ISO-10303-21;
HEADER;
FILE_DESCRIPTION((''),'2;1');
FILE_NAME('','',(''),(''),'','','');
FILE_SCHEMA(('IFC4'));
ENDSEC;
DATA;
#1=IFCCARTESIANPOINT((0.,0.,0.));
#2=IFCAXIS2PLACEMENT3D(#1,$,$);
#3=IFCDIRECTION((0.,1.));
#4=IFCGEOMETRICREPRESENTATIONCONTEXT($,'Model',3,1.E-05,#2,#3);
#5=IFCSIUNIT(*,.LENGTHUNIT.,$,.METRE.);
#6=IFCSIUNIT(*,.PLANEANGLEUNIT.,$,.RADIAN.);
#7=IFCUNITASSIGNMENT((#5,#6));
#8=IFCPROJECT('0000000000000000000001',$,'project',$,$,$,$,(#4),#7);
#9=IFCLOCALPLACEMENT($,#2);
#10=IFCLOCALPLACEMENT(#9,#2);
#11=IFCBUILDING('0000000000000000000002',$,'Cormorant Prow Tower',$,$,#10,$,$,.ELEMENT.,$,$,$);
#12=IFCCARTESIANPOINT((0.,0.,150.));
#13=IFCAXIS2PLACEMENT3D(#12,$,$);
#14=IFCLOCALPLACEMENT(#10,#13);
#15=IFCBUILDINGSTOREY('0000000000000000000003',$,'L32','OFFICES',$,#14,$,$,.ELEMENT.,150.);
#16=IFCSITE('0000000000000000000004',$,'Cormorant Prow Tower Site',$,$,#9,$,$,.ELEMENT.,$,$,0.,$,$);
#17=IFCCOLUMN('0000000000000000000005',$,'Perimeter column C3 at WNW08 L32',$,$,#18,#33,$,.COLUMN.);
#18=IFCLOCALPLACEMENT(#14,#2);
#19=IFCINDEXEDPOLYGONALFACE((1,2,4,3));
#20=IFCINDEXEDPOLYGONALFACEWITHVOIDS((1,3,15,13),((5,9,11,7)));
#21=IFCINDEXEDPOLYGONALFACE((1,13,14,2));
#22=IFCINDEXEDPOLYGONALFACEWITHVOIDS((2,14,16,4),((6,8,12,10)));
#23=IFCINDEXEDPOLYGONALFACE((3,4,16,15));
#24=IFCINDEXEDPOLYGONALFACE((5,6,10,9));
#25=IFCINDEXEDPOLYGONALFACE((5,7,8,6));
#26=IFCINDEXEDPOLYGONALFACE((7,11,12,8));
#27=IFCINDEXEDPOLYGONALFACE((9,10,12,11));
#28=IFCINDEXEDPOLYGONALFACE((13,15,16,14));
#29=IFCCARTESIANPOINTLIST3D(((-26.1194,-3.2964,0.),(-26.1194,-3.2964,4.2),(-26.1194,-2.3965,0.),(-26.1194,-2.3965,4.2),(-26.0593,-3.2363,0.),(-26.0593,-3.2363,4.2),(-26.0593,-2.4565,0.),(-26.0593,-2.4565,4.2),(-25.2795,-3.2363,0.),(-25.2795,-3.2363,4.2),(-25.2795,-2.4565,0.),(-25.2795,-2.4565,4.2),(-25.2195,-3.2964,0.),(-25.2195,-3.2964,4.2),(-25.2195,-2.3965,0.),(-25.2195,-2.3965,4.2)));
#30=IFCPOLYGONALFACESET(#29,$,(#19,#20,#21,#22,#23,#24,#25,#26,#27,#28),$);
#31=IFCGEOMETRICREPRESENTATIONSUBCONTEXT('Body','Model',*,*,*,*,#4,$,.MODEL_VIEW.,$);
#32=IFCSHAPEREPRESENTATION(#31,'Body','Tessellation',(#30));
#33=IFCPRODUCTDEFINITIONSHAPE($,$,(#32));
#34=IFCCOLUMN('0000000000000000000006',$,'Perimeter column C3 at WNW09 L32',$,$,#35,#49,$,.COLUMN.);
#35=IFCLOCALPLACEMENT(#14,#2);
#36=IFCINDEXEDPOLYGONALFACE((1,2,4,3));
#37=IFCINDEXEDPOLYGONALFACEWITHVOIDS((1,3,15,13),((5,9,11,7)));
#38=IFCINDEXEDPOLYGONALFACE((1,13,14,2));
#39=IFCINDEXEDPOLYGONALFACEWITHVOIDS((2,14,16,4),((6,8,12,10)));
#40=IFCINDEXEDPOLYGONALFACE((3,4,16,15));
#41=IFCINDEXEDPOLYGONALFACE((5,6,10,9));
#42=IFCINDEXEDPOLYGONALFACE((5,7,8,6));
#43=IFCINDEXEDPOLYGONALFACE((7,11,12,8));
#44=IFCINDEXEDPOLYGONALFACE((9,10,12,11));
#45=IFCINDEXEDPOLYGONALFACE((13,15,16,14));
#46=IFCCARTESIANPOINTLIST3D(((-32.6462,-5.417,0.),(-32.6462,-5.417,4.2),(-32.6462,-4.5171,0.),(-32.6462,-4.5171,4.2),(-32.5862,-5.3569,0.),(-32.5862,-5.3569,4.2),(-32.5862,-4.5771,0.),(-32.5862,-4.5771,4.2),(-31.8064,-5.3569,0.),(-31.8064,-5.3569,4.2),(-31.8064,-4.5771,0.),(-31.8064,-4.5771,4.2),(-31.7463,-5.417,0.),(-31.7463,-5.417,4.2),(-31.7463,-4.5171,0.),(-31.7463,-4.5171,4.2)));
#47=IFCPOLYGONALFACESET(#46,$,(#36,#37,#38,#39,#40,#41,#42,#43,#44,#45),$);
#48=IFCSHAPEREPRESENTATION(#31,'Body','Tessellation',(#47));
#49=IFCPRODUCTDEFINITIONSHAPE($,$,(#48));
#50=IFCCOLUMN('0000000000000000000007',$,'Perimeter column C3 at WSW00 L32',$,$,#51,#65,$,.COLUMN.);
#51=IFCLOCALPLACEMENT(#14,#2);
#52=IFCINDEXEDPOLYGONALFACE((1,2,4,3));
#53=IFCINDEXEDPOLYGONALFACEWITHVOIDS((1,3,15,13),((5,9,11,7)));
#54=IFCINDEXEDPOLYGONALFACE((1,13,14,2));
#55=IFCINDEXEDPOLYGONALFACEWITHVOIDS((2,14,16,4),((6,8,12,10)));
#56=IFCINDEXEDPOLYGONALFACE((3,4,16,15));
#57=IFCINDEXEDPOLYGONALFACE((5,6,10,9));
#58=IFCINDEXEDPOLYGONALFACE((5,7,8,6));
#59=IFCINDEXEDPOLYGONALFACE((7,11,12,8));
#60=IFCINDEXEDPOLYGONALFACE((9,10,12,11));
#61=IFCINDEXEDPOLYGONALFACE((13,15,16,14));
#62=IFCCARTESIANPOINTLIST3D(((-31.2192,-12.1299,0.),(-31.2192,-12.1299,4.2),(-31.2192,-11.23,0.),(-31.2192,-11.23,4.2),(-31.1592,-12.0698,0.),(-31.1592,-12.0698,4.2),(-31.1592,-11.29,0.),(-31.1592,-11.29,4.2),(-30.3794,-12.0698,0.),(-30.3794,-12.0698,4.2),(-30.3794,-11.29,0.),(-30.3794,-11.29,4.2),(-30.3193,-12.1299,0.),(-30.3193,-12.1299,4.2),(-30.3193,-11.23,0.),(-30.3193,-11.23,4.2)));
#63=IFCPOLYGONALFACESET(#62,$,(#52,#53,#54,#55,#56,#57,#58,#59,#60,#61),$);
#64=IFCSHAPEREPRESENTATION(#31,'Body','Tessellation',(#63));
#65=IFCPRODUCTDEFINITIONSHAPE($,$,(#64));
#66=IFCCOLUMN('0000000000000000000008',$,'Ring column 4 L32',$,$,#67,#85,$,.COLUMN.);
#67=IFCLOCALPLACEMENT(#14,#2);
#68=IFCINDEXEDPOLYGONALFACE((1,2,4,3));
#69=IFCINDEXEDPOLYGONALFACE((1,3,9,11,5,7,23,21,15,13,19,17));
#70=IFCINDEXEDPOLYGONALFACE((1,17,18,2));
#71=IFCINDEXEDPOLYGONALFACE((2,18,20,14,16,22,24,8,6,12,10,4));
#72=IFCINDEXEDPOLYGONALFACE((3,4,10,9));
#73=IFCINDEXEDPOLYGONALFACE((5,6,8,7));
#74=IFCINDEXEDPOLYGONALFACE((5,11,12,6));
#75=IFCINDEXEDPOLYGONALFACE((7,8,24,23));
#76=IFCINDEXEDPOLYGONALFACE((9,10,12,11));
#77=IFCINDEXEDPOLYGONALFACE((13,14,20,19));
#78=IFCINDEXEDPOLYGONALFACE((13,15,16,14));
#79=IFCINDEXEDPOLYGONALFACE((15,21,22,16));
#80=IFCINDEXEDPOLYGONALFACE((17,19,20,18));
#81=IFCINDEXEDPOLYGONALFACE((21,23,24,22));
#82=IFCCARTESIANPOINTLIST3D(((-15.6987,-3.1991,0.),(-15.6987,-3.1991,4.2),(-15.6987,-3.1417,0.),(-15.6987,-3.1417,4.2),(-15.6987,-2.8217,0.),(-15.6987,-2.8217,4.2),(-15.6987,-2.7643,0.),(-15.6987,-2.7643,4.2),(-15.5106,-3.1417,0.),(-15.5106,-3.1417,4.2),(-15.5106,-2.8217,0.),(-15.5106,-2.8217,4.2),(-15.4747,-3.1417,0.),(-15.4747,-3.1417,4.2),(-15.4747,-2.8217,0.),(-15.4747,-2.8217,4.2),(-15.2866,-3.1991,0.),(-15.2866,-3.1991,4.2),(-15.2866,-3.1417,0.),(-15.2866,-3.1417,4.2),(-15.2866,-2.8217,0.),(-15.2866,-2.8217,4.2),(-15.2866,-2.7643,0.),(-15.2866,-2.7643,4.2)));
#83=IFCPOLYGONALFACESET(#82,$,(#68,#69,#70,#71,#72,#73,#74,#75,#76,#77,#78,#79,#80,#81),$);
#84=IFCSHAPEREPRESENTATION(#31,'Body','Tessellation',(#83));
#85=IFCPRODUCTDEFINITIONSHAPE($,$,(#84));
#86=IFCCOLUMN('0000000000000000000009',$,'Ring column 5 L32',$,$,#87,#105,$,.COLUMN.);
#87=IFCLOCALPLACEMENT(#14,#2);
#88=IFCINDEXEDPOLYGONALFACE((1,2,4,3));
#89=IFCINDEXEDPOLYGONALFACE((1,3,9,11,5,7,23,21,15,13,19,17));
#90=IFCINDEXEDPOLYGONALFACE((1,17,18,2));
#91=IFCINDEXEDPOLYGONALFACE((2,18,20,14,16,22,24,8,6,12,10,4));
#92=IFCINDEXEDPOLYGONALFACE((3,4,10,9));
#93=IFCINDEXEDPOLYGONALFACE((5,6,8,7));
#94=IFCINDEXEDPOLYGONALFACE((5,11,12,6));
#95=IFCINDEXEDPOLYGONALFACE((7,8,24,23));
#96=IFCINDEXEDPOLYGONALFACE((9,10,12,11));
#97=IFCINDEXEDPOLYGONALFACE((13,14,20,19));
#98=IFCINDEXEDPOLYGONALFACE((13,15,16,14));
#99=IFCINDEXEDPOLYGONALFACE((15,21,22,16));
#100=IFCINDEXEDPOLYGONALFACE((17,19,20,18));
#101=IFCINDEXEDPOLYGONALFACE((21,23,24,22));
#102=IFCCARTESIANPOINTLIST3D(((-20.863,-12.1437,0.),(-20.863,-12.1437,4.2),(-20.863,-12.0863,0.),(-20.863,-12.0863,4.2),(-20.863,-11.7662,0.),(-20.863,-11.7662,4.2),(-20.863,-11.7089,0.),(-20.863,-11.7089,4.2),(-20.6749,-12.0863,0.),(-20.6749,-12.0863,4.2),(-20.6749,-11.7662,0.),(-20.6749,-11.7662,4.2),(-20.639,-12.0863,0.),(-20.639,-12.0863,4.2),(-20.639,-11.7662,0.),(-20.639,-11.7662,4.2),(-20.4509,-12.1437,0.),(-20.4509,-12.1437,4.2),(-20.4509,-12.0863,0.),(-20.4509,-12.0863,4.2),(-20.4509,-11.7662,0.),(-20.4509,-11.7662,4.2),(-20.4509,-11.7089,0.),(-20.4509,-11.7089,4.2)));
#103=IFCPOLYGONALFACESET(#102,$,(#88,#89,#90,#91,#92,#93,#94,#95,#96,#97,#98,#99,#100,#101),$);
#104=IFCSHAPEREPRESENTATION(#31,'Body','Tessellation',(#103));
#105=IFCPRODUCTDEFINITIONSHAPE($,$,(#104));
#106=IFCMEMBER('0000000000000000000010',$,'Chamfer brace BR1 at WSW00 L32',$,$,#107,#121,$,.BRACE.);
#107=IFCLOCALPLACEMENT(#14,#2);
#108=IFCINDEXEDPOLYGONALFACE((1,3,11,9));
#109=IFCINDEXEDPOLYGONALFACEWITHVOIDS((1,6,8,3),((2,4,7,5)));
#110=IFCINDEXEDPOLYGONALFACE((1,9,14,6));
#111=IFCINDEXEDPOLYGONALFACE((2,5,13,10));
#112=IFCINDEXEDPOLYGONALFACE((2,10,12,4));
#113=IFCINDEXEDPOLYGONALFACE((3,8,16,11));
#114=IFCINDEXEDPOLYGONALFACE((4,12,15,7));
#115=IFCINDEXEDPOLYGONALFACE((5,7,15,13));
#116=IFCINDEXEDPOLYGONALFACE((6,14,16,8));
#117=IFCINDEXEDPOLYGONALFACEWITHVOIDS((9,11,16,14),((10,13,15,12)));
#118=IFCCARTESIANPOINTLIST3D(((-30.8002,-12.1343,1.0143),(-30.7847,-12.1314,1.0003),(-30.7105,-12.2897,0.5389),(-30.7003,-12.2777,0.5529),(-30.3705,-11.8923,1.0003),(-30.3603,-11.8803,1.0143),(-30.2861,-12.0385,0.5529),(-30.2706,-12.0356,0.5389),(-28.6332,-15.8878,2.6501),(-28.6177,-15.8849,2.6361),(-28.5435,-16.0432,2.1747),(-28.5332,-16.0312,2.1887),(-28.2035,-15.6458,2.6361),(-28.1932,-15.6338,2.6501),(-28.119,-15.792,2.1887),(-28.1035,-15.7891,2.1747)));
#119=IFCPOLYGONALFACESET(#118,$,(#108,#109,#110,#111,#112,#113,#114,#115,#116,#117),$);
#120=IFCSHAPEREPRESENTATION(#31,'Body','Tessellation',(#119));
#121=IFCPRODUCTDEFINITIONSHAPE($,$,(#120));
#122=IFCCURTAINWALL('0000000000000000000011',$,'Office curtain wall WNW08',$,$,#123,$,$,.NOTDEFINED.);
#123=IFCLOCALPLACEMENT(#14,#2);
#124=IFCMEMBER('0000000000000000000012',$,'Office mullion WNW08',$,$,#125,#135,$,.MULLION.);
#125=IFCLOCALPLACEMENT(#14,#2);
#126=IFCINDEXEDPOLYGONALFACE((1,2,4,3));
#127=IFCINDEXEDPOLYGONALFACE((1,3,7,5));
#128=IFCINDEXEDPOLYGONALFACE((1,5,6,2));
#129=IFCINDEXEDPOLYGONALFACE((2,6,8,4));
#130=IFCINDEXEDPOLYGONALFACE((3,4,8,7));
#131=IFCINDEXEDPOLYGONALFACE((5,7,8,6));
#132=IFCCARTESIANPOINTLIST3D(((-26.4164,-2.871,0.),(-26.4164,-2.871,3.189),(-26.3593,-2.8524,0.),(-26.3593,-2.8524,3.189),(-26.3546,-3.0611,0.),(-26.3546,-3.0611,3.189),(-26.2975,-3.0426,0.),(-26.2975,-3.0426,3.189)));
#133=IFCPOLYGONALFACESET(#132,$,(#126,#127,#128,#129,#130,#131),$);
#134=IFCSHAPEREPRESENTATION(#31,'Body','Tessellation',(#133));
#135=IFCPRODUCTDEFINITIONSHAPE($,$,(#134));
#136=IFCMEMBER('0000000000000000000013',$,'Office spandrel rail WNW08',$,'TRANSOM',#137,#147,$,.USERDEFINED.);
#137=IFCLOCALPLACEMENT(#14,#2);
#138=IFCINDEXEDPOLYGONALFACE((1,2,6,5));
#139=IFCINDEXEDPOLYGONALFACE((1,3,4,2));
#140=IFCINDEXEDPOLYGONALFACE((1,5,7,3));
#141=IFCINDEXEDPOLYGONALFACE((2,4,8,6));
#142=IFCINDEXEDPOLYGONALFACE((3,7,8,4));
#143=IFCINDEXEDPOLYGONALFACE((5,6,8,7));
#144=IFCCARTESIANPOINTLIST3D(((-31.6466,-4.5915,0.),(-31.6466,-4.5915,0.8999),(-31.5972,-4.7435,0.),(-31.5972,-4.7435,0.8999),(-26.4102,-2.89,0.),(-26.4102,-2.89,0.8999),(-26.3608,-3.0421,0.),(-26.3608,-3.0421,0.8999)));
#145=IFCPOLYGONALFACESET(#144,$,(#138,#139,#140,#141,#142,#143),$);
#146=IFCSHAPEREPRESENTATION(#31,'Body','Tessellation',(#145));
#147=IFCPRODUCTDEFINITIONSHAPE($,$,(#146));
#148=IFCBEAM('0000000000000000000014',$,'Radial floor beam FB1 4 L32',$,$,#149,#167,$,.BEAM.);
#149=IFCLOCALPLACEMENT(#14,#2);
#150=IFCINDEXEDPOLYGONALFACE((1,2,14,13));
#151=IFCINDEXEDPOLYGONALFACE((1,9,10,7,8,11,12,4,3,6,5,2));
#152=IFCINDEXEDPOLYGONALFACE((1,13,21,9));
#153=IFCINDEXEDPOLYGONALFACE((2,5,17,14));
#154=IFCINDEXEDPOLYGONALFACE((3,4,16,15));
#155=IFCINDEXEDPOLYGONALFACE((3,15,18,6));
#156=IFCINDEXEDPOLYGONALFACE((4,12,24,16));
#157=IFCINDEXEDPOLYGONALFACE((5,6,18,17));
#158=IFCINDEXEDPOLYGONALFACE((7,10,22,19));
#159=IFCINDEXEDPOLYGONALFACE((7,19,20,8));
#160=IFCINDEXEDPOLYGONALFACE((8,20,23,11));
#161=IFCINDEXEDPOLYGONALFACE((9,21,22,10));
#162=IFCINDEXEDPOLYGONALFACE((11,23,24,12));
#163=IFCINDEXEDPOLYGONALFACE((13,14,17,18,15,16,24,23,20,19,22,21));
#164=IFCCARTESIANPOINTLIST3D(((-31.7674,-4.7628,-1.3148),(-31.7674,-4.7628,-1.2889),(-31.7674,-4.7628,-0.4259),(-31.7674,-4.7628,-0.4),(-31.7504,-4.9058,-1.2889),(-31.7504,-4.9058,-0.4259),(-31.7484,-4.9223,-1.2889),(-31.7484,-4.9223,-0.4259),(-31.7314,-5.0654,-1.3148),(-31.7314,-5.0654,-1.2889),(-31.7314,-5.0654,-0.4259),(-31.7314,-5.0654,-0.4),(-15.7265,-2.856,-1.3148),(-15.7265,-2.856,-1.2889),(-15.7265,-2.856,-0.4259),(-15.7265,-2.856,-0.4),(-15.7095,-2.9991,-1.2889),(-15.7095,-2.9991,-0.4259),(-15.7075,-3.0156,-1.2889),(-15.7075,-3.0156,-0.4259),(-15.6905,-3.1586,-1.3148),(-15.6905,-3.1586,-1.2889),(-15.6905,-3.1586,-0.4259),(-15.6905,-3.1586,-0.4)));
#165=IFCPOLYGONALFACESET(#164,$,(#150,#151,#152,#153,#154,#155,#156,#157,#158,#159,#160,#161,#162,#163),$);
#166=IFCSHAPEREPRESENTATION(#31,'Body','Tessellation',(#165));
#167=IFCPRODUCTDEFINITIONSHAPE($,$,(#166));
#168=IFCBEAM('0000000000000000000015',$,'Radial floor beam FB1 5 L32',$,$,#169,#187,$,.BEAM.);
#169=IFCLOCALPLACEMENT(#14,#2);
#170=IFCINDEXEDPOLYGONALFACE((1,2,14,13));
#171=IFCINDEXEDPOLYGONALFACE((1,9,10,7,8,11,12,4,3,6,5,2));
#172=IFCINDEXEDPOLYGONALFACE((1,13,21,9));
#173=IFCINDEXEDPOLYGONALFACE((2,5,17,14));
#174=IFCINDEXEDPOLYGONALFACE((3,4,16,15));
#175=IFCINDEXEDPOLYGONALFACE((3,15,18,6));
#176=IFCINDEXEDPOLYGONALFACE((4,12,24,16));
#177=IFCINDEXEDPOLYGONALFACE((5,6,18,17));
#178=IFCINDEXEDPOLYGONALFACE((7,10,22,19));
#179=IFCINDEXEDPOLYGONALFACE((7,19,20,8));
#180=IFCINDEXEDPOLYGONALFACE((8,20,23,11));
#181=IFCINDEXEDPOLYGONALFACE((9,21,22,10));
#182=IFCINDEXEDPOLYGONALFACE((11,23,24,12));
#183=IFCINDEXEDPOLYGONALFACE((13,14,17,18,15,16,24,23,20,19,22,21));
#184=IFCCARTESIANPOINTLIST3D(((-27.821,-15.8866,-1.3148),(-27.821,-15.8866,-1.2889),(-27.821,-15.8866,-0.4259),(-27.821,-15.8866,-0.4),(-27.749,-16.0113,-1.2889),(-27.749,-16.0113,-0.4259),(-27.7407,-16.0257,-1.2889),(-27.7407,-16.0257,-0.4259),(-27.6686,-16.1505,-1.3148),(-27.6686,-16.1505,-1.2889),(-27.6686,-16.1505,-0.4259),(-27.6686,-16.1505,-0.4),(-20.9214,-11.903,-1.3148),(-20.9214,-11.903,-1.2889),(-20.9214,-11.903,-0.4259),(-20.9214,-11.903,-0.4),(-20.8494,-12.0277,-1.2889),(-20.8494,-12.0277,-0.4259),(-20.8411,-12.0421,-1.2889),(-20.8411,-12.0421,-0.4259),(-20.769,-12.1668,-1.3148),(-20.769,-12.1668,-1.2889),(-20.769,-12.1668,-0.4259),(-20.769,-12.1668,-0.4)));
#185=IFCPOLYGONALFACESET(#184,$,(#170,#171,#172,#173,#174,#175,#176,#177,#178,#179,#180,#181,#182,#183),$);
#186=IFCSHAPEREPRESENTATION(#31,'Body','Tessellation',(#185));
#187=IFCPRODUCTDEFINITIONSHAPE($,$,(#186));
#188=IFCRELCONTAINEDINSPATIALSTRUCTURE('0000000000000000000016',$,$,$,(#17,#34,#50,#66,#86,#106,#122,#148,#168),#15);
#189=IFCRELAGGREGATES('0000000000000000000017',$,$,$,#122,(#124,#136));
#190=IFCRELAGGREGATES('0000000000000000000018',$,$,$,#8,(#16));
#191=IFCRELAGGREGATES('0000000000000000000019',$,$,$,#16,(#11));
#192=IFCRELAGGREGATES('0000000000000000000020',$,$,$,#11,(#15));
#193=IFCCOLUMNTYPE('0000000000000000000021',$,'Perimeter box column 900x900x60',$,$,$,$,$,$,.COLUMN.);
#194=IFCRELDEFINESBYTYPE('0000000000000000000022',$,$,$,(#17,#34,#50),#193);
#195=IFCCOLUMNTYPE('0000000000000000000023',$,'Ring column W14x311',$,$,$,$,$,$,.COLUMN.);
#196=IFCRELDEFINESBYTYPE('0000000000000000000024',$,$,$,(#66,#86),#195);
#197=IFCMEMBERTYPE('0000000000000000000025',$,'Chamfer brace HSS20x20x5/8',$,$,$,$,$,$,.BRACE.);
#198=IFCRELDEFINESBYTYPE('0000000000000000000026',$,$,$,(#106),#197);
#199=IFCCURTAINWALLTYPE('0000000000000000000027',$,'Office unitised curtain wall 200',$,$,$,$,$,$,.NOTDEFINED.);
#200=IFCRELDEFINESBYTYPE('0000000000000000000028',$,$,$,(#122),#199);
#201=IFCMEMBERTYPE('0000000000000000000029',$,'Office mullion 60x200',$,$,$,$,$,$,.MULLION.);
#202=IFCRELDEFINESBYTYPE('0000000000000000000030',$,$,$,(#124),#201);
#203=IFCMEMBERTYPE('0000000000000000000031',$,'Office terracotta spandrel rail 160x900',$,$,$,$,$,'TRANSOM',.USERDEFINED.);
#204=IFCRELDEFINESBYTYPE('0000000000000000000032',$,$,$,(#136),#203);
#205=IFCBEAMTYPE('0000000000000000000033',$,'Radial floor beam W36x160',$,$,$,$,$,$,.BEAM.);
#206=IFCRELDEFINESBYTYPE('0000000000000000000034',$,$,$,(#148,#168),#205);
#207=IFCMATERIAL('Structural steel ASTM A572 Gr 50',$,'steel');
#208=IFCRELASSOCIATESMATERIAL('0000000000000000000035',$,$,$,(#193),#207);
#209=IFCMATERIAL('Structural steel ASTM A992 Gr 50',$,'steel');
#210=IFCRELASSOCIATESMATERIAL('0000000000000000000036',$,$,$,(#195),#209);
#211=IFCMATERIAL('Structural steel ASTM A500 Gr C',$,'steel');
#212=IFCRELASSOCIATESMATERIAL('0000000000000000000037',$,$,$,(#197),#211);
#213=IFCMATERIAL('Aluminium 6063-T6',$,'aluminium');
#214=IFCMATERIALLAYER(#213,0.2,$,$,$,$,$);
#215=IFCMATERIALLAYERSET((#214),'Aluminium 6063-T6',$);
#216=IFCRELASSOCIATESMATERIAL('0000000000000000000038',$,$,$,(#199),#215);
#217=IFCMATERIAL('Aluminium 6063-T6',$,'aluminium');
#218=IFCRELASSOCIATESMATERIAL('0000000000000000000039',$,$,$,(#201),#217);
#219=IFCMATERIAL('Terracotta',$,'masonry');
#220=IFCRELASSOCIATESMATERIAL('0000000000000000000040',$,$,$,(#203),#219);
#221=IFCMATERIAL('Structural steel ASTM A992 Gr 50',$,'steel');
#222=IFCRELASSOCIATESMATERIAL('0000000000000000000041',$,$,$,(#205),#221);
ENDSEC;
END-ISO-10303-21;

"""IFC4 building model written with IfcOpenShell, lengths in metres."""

from ifc_helpers import new_model, si_unit, direction, frame, origin, origin_2d, place, context, subcontext, project, spatial, rectangle, hollow_rectangle, i_section, extrude, material, layer, layer_set, material_profile, profile_set, type_object, element, aggregate, save


model = new_model("IFC4")

# Units and contexts
model_context = context("Model", 3, precision=1e-05, world=origin(), true_north=direction((0.0, 1.0)))
body_context = subcontext(model_context, "Body", "Model", "MODEL_VIEW")
ifc_project = project(units=[si_unit("LENGTHUNIT", "METRE"), si_unit("PLANEANGLEUNIT", "RADIAN")], contexts=[model_context])

# Site, building, storey
site_placement = place(None, origin())
site = spatial("IfcSite", under=ifc_project, at=site_placement, Name="Cormorant Prow Tower Site", CompositionType="ELEMENT", RefElevation=0.0)
building_placement = place(site_placement, origin())
building = spatial("IfcBuilding", under=site, at=building_placement, Name="Cormorant Prow Tower", CompositionType="ELEMENT")
storey_placement = place(building_placement, frame((0.0, 0.0, 150.0)))
storey = spatial("IfcBuildingStorey", under=building, at=storey_placement, Name="L32", Description="OFFICES", CompositionType="ELEMENT", Elevation=150.0)

# Columns
ifc_material_1 = material(Name="Structural steel ASTM A572 Gr 50", Category="steel")
ifc_material_profile_1 = material_profile(ifc_material_1, hollow_rectangle(XDim=0.8999, YDim=0.8999, WallThickness=0.0601, at=origin_2d()), Name="Box 900x900x60")
ifc_profile_set_1 = profile_set([ifc_material_profile_1], Name="Structural steel ASTM A572 Gr 50")
column_type_1 = type_object("IfcColumnType", Name="Perimeter box column 900x900x60", PredefinedType="COLUMN", material=ifc_profile_set_1)
for number, where, z_axis, x_axis, name in (
    (1, (-25.6694, -2.8464, 0.0), (0.0, 0.0, 1.0), (1.0, 0.0, 0.0), "Perimeter column C3 at WNW08 L32"),
    (2, (-32.1963, -4.967, 0.0), (0.0, 0.0, 1.0), (1.0, 0.0, 0.0), "Perimeter column C3 at WNW09 L32"),
    (3, (-30.7693, -11.6799, 0.0), (0.0, 0.0, 1.0), (1.0, 0.0, 0.0), "Perimeter column C3 at WSW00 L32"),
):
    element("IfcColumn", number, at=place(storey_placement, frame(where, z_axis=z_axis, x_axis=x_axis)), inside=storey, type_object=column_type_1, Name=name, PredefinedType="COLUMN", context=body_context, shape_type="SweptSolid", body=[
        extrude(hollow_rectangle(XDim=0.8999, YDim=0.8999, WallThickness=0.0601, at=origin_2d()), origin(), (0.0, 0.0, 1.0), 4.2),
    ])
ifc_material_2 = material(Name="Structural steel ASTM A992 Gr 50", Category="steel")
ifc_material_profile_2 = material_profile(ifc_material_2, i_section(OverallWidth=0.4121, OverallDepth=0.4348, WebThickness=0.0359, FlangeThickness=0.0574, at=origin_2d()), Name="W14x311")
ifc_profile_set_2 = profile_set([ifc_material_profile_2], Name="Structural steel ASTM A992 Gr 50")
column_type_2 = type_object("IfcColumnType", Name="Ring column W14x311", PredefinedType="COLUMN", material=ifc_profile_set_2)
for number, where, z_axis, x_axis, name in (
    (4, (-15.4927, -2.9817, 0.0), (0.0, 0.0, 1.0), (1.0, 0.0, 0.0), "Ring column 4 L32"),
    (5, (-20.657, -11.9263, 0.0), (0.0, 0.0, 1.0), (1.0, 0.0, 0.0), "Ring column 5 L32"),
):
    element("IfcColumn", number, at=place(storey_placement, frame(where, z_axis=z_axis, x_axis=x_axis)), inside=storey, type_object=column_type_2, Name=name, PredefinedType="COLUMN", context=body_context, shape_type="SweptSolid", body=[
        extrude(i_section(OverallWidth=0.4121, OverallDepth=0.4348, WebThickness=0.0359, FlangeThickness=0.0574, at=origin_2d()), origin(), (0.0, 0.0, 1.0), 4.2),
    ])

# Member
ifc_material_3 = material(Name="Structural steel ASTM A500 Gr C", Category="steel")
ifc_material_profile_3 = material_profile(ifc_material_3, hollow_rectangle(XDim=0.5081, YDim=0.5081, WallThickness=0.0149, at=origin_2d()), Name="HSS20x20x5/8")
ifc_profile_set_3 = profile_set([ifc_material_profile_3], Name="Structural steel ASTM A500 Gr C")
member_type_1 = type_object("IfcMemberType", Name="Chamfer brace HSS20x20x5/8", PredefinedType="BRACE", material=ifc_profile_set_3)
member_1_placement = place(storey_placement, frame((-30.5354, -12.085, 0.7766), z_axis=(0.467785, -0.810244, 0.353105), x_axis=(0.86603, 0.499992, 0.0)))
element("IfcMember", 6, at=member_1_placement, inside=storey, type_object=member_type_1, Name="Chamfer brace BR1 at WSW00 L32", PredefinedType="BRACE", context=body_context, shape_type="SweptSolid", body=[
    extrude(hollow_rectangle(XDim=0.5081, YDim=0.5081, WallThickness=0.0149, at=origin_2d()), origin(), (0.0, 0.0, 1.0), 4.6326),
])

# Curtain wall, members
ifc_material_4 = material(Name="Aluminium 6063-T6", Category="aluminium")
ifc_layer_1 = layer(ifc_material_4, 0.2)
ifc_layer_set_1 = layer_set([ifc_layer_1], Name="Aluminium 6063-T6")
curtain_wall_type = type_object("IfcCurtainWallType", Name="Office unitised curtain wall 200", PredefinedType="NOTDEFINED", material=ifc_layer_set_1)
curtain_wall_placement = place(storey_placement, origin())
curtain_wall = element("IfcCurtainWall", 7, at=curtain_wall_placement, inside=storey, type_object=curtain_wall_type, Name="Office curtain wall WNW08", PredefinedType="NOTDEFINED")
ifc_material_5 = material(Name="Aluminium 6063-T6", Category="aluminium")
ifc_material_profile_4 = material_profile(ifc_material_5, rectangle(XDim=0.2, YDim=0.0601, at=origin_2d()), Name="Office mullion 60x200")
ifc_profile_set_4 = profile_set([ifc_material_profile_4], Name="Aluminium 6063-T6")
member_type_2 = type_object("IfcMemberType", Name="Office mullion 60x200", PredefinedType="MULLION", material=ifc_profile_set_4)
member_2_placement = place(storey_placement, frame((-26.3569, -2.9568, 0.0), z_axis=(0.0, 0.0, 1.0), x_axis=(0.309017, -0.951057, 0.0)))
member_2 = element("IfcMember", 8, at=member_2_placement, type_object=member_type_2, Name="Office mullion WNW08", PredefinedType="MULLION", context=body_context, shape_type="SweptSolid", body=[
    extrude(rectangle(XDim=0.2, YDim=0.0601, at=origin_2d()), origin(), (0.0, 0.0, 1.0), 3.189),
])
ifc_material_6 = material(Name="Terracotta", Category="masonry")
ifc_material_profile_5 = material_profile(ifc_material_6, rectangle(XDim=0.1599, YDim=0.8999, at=origin_2d()), Name="Office terracotta spandrel rail 160x900")
ifc_profile_set_5 = profile_set([ifc_material_profile_5], Name="Terracotta")
member_type_3 = type_object("IfcMemberType", Name="Office terracotta spandrel rail 160x900", ElementType="TRANSOM", PredefinedType="USERDEFINED", material=ifc_profile_set_5)
member_3_placement = place(storey_placement, frame((-26.3855, -2.9661, 0.45), z_axis=(-0.951055, -0.309022, 0.0), x_axis=(0.309022, -0.951055, 0.0)))
member_3 = element("IfcMember", 9, at=member_3_placement, type_object=member_type_3, Name="Office spandrel rail WNW08", ObjectType="TRANSOM", PredefinedType="USERDEFINED", context=body_context, shape_type="SweptSolid", body=[
    extrude(rectangle(XDim=0.1599, YDim=0.8999, at=origin_2d()), origin(), (0.0, 0.0, 1.0), 5.5059),
])

# Beams
ifc_material_7 = material(Name="Structural steel ASTM A992 Gr 50", Category="steel")
ifc_material_profile_6 = material_profile(ifc_material_7, i_section(OverallWidth=0.3047, OverallDepth=0.9148, WebThickness=0.0166, FlangeThickness=0.0259, at=origin_2d()), Name="W36x160")
ifc_profile_set_6 = profile_set([ifc_material_profile_6], Name="Structural steel ASTM A992 Gr 50")
beam_type_1 = type_object("IfcBeamType", Name="Radial floor beam W36x160", PredefinedType="BEAM", material=ifc_profile_set_6)
beam_1_placement = place(storey_placement, frame((-15.7085, -3.0073, -0.8574), z_axis=(-0.993009, -0.118037, 0.0), x_axis=(0.118037, -0.993009, 0.0)))
element("IfcBeam", 10, at=beam_1_placement, inside=storey, type_object=beam_type_1, Name="Radial floor beam FB1 4 L32", PredefinedType="BEAM", context=body_context, shape_type="SweptSolid", body=[
    extrude(i_section(OverallWidth=0.3047, OverallDepth=0.9148, WebThickness=0.0166, FlangeThickness=0.0259, at=origin_2d()), origin(), (0.0, 0.0, 1.0), 16.1538),
])
beam_2_placement = place(storey_placement, frame((-20.8452, -12.0349, -0.8574), z_axis=(-0.866019, -0.500012, 0.0), x_axis=(0.500012, -0.866019, 0.0)))
element("IfcBeam", 11, at=beam_2_placement, inside=storey, type_object=beam_type_1, Name="Radial floor beam FB1 5 L32", PredefinedType="BEAM", context=body_context, shape_type="SweptSolid", body=[
    extrude(i_section(OverallWidth=0.3047, OverallDepth=0.9148, WebThickness=0.0166, FlangeThickness=0.0259, at=origin_2d()), origin(), (0.0, 0.0, 1.0), 7.967),
])

aggregate(curtain_wall, [member_2, member_3])

save(model, "model.ifc")
